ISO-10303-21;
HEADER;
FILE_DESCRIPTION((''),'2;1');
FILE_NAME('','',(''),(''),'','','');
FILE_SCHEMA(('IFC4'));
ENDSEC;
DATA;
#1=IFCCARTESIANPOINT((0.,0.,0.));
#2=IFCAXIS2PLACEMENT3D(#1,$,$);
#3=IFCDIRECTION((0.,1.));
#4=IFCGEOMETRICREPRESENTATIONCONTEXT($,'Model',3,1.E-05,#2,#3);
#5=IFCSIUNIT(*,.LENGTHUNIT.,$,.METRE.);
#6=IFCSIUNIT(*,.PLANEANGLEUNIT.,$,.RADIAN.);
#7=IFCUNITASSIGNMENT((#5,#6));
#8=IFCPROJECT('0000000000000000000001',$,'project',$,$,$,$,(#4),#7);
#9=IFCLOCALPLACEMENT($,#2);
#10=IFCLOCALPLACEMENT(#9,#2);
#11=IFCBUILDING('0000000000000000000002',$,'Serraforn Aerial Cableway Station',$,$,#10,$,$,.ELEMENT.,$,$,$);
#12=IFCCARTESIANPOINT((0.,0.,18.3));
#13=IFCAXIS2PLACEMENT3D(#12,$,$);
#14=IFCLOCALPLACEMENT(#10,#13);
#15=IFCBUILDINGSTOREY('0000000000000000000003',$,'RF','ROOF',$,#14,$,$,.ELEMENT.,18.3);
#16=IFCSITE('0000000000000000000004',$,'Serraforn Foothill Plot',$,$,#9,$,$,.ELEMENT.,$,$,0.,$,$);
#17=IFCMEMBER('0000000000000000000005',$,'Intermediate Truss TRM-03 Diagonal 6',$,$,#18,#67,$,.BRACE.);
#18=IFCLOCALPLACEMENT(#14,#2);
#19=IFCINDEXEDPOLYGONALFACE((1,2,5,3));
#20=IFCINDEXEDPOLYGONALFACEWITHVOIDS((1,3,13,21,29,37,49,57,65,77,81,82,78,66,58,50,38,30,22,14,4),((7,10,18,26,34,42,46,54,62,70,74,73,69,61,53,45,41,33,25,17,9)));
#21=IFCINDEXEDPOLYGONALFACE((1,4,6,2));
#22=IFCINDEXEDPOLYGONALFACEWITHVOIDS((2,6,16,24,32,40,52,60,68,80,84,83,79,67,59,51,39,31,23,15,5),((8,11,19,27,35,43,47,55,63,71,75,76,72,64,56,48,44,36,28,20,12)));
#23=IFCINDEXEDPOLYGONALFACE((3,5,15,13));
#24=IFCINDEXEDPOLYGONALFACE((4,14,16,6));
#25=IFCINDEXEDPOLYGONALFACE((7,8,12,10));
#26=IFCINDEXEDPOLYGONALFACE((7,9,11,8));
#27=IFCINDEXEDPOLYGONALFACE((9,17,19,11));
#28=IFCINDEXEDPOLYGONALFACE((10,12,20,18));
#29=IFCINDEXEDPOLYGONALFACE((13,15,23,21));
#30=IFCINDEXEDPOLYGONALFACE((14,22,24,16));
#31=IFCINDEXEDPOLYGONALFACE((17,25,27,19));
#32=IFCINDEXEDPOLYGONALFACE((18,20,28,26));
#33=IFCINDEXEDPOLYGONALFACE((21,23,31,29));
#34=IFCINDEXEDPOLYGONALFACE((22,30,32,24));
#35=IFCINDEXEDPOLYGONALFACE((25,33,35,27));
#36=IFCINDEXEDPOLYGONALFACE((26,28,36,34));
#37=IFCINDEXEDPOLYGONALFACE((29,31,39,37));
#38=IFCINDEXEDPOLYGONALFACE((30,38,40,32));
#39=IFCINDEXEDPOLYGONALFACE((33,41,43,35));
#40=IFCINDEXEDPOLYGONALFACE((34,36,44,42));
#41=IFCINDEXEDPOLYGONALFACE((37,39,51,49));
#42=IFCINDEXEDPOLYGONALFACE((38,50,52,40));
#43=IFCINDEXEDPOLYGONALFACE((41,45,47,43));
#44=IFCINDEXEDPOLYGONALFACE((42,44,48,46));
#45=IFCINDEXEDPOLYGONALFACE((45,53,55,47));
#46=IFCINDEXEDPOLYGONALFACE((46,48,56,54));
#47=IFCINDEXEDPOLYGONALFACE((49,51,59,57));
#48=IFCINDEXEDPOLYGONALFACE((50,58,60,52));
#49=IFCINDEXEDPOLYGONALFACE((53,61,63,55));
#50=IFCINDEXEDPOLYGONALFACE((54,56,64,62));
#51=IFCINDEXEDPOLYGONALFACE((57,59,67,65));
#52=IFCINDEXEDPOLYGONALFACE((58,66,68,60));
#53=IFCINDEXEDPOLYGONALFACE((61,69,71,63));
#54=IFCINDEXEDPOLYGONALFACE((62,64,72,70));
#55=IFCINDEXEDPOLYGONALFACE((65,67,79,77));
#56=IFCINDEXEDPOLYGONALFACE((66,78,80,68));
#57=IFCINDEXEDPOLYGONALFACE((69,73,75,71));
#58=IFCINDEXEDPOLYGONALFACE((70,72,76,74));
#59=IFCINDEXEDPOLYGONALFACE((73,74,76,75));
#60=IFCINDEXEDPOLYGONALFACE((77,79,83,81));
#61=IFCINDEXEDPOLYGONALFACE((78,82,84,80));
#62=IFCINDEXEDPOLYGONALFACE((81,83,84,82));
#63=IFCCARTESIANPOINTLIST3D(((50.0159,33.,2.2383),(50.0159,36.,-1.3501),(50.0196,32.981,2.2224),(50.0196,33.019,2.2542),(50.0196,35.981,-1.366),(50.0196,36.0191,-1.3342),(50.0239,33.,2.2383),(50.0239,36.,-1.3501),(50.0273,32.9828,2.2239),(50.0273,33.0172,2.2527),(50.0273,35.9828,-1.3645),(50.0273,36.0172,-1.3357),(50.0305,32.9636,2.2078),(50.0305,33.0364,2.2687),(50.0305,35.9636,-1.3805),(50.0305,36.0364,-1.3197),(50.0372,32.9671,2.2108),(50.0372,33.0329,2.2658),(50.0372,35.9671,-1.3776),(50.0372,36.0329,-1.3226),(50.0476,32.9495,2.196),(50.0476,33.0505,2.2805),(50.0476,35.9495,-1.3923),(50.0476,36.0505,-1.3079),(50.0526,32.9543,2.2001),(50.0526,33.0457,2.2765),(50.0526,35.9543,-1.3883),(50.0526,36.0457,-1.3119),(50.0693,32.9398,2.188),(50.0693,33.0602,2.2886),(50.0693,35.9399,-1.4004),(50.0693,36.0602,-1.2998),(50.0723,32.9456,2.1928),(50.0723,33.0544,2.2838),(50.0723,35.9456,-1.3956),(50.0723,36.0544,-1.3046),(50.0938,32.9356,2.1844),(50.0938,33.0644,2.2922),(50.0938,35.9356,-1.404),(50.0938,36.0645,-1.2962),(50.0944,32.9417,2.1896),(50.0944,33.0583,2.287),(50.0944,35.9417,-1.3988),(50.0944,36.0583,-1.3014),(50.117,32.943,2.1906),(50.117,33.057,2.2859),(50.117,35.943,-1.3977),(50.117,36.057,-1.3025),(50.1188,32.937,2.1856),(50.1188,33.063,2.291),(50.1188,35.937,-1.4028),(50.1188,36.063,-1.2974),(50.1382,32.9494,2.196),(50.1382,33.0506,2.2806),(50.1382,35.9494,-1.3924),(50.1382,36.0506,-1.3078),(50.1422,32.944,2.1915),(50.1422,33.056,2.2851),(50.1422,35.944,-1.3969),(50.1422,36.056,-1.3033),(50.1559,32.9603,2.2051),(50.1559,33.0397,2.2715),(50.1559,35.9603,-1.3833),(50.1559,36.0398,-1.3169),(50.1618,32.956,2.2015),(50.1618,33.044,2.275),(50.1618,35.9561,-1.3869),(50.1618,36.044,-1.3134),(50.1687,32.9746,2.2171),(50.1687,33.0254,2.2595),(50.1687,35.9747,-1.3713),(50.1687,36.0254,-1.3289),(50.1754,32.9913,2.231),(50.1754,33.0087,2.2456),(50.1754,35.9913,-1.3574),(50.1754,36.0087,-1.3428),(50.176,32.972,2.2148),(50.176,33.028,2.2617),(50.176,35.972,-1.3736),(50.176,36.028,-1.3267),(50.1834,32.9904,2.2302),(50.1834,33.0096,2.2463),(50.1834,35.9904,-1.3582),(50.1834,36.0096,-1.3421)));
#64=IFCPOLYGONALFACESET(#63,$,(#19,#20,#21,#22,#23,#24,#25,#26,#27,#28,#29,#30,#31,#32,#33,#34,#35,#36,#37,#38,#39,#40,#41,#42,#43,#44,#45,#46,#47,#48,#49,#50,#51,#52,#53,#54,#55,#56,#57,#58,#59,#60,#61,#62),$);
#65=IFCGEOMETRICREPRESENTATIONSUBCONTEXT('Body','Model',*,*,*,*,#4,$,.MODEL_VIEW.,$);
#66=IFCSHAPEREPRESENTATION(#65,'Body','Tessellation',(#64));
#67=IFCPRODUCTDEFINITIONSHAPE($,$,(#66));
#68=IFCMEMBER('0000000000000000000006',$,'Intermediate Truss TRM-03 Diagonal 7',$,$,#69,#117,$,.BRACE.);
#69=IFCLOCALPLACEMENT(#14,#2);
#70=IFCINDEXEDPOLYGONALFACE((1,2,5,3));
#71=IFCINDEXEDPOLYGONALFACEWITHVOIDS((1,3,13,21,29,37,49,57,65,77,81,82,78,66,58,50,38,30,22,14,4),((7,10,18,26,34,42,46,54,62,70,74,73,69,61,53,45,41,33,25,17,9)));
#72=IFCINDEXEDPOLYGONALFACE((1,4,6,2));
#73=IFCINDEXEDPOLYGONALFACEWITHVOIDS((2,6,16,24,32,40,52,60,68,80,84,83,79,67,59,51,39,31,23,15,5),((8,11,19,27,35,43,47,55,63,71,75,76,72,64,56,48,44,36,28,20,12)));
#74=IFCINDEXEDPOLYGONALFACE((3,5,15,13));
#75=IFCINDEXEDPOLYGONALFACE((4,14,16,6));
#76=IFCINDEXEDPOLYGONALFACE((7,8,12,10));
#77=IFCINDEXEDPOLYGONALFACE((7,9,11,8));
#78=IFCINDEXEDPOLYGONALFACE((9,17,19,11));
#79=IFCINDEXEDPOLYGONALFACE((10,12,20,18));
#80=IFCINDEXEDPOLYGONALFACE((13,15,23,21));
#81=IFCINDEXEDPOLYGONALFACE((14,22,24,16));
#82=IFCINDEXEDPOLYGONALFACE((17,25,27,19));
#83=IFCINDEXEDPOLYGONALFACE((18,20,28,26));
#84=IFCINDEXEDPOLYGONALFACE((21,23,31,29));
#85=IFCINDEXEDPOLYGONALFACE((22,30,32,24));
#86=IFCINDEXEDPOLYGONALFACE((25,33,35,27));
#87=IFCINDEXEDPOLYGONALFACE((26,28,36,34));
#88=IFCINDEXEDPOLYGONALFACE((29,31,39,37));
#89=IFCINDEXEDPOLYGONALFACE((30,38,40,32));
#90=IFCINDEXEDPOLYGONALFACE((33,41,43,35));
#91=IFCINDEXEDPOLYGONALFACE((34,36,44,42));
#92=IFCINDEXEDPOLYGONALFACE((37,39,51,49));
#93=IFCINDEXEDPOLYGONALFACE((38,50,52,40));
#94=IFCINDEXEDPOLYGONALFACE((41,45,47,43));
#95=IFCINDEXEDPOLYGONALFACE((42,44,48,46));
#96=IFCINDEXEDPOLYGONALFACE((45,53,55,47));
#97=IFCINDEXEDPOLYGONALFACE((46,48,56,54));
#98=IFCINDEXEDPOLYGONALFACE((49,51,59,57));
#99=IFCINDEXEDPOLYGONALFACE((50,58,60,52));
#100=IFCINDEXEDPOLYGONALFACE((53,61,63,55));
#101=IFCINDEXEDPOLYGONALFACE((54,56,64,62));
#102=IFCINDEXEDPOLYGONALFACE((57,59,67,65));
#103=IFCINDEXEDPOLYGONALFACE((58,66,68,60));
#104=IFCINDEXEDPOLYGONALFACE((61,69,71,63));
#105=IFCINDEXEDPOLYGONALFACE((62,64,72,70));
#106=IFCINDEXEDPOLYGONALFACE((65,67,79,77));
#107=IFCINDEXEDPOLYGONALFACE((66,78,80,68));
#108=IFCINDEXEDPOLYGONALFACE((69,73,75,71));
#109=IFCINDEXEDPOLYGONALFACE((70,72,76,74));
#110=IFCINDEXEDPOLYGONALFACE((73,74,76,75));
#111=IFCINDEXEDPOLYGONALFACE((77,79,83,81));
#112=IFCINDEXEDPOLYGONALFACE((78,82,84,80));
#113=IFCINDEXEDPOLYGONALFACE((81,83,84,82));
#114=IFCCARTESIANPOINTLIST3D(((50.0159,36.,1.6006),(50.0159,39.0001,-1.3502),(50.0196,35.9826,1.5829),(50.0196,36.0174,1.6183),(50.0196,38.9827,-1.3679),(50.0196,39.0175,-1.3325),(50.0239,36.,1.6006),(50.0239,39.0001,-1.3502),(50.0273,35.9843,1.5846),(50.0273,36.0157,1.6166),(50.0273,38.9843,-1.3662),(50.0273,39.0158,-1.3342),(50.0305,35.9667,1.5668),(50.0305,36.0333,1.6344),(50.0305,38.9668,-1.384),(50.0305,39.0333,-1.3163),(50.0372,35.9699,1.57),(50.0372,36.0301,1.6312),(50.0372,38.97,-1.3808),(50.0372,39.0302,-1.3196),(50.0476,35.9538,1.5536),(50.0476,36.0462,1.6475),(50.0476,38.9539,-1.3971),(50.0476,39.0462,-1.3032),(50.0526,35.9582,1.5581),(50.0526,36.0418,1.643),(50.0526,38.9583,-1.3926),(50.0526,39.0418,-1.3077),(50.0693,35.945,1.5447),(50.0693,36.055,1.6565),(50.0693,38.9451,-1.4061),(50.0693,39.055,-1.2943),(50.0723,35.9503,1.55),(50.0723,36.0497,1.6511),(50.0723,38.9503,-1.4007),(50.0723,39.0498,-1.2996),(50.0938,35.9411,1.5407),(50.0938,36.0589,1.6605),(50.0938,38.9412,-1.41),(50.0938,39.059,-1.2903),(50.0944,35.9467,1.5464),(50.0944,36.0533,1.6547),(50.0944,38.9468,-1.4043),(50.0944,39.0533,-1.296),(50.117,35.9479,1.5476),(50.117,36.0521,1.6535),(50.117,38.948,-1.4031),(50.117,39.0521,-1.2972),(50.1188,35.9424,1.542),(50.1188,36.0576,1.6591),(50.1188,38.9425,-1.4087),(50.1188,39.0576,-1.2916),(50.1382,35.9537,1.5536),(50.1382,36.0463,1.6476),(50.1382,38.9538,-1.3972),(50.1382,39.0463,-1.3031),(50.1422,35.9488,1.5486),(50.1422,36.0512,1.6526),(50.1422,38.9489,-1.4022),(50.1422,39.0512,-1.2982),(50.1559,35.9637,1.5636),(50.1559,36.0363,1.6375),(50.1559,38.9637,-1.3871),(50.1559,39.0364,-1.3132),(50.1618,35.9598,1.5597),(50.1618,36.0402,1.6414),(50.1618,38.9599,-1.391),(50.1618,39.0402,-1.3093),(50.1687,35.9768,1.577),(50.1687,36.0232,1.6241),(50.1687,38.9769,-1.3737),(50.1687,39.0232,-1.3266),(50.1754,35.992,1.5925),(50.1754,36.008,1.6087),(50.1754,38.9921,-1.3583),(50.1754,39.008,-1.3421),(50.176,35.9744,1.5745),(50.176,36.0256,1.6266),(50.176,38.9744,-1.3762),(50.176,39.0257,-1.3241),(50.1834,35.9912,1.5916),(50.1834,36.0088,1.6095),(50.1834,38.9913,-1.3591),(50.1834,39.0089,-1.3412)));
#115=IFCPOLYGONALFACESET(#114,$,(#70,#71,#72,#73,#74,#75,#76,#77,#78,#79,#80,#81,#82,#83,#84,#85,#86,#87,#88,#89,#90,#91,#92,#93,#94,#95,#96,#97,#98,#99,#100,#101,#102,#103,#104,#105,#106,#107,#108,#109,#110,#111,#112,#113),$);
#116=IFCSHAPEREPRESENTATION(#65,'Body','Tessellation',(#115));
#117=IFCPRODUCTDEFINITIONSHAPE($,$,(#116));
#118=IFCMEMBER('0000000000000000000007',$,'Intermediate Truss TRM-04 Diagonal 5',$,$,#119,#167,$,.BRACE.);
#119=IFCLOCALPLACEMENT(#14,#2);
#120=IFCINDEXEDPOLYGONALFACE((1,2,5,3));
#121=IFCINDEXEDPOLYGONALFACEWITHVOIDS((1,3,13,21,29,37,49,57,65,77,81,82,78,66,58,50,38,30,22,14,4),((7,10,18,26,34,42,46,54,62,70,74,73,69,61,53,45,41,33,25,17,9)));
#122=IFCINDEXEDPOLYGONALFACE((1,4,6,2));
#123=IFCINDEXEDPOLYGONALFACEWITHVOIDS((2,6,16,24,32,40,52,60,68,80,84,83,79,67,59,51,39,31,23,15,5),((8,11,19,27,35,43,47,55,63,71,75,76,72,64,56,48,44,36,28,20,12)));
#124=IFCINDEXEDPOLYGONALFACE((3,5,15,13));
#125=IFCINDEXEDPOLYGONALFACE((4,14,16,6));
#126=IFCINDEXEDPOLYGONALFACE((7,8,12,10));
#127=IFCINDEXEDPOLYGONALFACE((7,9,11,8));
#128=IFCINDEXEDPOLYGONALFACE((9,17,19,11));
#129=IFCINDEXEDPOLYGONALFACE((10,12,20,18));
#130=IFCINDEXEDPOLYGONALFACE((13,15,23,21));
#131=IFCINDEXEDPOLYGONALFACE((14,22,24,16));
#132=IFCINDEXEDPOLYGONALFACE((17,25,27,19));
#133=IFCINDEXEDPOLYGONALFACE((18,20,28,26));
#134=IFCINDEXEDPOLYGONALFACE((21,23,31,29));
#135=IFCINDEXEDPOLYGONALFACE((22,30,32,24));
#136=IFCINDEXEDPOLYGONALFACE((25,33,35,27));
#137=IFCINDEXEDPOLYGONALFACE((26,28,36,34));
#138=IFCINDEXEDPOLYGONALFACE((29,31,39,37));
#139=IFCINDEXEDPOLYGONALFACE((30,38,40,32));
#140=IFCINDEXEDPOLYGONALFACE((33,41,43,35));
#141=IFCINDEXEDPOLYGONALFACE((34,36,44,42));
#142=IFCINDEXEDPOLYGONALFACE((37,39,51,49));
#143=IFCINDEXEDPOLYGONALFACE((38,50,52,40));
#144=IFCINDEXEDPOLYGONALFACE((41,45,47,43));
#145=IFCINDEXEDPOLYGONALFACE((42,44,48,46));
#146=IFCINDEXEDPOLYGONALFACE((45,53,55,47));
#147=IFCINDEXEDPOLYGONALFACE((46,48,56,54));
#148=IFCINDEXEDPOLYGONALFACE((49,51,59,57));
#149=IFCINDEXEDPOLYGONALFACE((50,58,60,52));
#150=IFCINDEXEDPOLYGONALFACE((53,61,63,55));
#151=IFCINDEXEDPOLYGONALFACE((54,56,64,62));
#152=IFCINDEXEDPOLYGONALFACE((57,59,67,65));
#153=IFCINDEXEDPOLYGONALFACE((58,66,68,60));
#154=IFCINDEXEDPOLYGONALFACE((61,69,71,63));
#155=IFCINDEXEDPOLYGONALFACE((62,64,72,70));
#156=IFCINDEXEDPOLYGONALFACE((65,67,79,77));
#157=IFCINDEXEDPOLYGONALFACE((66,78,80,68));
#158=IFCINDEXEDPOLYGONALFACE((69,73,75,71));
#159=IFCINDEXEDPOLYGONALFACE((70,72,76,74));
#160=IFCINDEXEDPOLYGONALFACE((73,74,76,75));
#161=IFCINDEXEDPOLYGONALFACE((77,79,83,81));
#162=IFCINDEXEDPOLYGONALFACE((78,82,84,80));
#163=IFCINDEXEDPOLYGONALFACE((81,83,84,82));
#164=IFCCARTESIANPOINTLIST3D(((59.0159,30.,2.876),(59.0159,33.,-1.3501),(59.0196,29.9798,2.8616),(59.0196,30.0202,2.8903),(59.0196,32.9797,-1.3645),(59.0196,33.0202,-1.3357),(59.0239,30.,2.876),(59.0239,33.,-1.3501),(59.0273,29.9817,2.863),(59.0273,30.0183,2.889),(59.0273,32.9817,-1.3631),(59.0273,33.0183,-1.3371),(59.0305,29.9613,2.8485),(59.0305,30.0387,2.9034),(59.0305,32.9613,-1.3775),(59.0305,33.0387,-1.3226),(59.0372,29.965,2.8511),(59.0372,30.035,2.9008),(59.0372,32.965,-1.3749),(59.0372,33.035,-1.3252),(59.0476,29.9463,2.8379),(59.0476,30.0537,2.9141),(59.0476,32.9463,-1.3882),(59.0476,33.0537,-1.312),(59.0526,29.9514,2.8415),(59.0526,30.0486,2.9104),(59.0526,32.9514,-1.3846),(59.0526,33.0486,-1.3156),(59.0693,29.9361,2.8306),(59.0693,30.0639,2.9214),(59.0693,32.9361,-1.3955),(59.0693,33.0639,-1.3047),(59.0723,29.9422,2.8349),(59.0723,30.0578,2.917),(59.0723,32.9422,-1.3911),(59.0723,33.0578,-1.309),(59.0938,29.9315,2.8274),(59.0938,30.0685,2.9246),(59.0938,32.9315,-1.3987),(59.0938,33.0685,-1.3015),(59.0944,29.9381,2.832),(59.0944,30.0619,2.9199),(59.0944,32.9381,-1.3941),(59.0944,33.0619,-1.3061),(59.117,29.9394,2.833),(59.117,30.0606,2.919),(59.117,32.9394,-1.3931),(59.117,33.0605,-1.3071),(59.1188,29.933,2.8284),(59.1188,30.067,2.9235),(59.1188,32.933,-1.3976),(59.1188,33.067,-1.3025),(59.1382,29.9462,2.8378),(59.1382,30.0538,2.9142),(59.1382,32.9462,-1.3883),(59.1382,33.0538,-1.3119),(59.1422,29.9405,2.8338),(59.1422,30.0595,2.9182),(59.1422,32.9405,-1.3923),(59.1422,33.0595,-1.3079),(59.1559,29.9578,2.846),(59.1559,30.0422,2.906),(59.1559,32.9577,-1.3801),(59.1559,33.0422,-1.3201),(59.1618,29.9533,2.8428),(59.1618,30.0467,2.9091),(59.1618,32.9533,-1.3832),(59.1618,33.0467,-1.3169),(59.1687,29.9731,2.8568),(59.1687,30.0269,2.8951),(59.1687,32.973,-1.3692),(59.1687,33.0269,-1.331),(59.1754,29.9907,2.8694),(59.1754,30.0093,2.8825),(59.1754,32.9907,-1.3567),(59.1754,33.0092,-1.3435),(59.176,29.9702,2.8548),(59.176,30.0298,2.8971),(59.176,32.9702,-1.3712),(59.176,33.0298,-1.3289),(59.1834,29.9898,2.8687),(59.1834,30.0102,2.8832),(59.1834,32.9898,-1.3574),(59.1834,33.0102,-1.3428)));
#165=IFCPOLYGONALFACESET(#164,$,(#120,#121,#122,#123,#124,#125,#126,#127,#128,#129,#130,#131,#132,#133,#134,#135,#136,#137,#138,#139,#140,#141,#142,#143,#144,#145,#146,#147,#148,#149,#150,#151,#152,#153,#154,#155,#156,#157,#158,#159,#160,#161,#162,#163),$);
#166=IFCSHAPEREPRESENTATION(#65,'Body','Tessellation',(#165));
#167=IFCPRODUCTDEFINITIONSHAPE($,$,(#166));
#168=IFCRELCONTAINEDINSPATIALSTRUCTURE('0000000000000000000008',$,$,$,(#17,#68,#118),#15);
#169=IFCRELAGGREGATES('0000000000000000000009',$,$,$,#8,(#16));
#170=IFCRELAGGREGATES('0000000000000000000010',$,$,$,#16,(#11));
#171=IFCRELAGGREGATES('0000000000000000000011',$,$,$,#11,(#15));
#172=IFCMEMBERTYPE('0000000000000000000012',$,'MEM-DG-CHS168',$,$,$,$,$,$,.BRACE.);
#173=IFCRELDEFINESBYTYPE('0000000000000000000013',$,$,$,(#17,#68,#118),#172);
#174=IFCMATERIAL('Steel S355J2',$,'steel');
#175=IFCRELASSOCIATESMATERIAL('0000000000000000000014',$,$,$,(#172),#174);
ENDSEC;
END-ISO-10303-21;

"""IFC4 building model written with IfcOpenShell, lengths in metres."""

from ifc_helpers import new_model, si_unit, direction, frame, origin, origin_2d, place, context, subcontext, project, spatial, hollow_circle, extrude, material, material_profile, profile_set, type_object, element, save


model = new_model("IFC4")

# Units and contexts
model_context = context("Model", 3, precision=1e-05, world=origin(), true_north=direction((0.0, 1.0)))
body_context = subcontext(model_context, "Body", "Model", "MODEL_VIEW")
ifc_project = project(units=[si_unit("LENGTHUNIT", "METRE"), si_unit("PLANEANGLEUNIT", "RADIAN")], contexts=[model_context])

# Site, building, storey
site_placement = place(None, origin())
site = spatial("IfcSite", under=ifc_project, at=site_placement, Name="Serraforn Foothill Plot", CompositionType="ELEMENT", RefElevation=0.0)
building_placement = place(site_placement, origin())
building = spatial("IfcBuilding", under=site, at=building_placement, Name="Serraforn Aerial Cableway Station", CompositionType="ELEMENT")
storey_placement = place(building_placement, frame((0.0, 0.0, 18.3)))
storey = spatial("IfcBuildingStorey", under=building, at=storey_placement, Name="RF", Description="ROOF", CompositionType="ELEMENT", Elevation=18.3)

# Members
ifc_material_1 = material(Name="Steel S355J2", Category="steel")
ifc_material_profile_1 = material_profile(ifc_material_1, hollow_circle(Radius=0.0842, WallThickness=0.0081, at=origin_2d()), Name="CHS 168.3x8.0")
ifc_profile_set_1 = profile_set([ifc_material_profile_1], Name="Steel S355J2")
member_type_1 = type_object("IfcMemberType", Name="MEM-DG-CHS168", PredefinedType="BRACE", material=ifc_profile_set_1)
member_1_placement = place(storey_placement, frame((50.1001, 33.0, 2.2383), z_axis=(0.0, 0.641406, -0.767202), x_axis=(-1.0, 0.0, 0.0)))
element("IfcMember", 1, at=member_1_placement, inside=storey, type_object=member_type_1, Name="Intermediate Truss TRM-03 Diagonal 6", PredefinedType="BRACE", context=body_context, shape_type="SweptSolid", body=[
    extrude(hollow_circle(Radius=0.0842, WallThickness=0.0081, at=origin_2d()), origin(), (0.0, 0.0, 1.0), 4.6772),
])
member_2_placement = place(storey_placement, frame((50.1001, 36.0, 1.6006), z_axis=(0.0, 0.712942, -0.701223), x_axis=(-1.0, 0.0, 0.0)))
element("IfcMember", 2, at=member_2_placement, inside=storey, type_object=member_type_1, Name="Intermediate Truss TRM-03 Diagonal 7", PredefinedType="BRACE", context=body_context, shape_type="SweptSolid", body=[
    extrude(hollow_circle(Radius=0.0842, WallThickness=0.0081, at=origin_2d()), origin(), (0.0, 0.0, 1.0), 4.208),
])
member_3_placement = place(storey_placement, frame((59.1001, 30.0, 2.876), z_axis=(0.0, 0.578856, -0.81543), x_axis=(-1.0, 0.0, 0.0)))
element("IfcMember", 3, at=member_3_placement, inside=storey, type_object=member_type_1, Name="Intermediate Truss TRM-04 Diagonal 5", PredefinedType="BRACE", context=body_context, shape_type="SweptSolid", body=[
    extrude(hollow_circle(Radius=0.0842, WallThickness=0.0081, at=origin_2d()), origin(), (0.0, 0.0, 1.0), 5.1826),
])

save(model, "model.ifc")
